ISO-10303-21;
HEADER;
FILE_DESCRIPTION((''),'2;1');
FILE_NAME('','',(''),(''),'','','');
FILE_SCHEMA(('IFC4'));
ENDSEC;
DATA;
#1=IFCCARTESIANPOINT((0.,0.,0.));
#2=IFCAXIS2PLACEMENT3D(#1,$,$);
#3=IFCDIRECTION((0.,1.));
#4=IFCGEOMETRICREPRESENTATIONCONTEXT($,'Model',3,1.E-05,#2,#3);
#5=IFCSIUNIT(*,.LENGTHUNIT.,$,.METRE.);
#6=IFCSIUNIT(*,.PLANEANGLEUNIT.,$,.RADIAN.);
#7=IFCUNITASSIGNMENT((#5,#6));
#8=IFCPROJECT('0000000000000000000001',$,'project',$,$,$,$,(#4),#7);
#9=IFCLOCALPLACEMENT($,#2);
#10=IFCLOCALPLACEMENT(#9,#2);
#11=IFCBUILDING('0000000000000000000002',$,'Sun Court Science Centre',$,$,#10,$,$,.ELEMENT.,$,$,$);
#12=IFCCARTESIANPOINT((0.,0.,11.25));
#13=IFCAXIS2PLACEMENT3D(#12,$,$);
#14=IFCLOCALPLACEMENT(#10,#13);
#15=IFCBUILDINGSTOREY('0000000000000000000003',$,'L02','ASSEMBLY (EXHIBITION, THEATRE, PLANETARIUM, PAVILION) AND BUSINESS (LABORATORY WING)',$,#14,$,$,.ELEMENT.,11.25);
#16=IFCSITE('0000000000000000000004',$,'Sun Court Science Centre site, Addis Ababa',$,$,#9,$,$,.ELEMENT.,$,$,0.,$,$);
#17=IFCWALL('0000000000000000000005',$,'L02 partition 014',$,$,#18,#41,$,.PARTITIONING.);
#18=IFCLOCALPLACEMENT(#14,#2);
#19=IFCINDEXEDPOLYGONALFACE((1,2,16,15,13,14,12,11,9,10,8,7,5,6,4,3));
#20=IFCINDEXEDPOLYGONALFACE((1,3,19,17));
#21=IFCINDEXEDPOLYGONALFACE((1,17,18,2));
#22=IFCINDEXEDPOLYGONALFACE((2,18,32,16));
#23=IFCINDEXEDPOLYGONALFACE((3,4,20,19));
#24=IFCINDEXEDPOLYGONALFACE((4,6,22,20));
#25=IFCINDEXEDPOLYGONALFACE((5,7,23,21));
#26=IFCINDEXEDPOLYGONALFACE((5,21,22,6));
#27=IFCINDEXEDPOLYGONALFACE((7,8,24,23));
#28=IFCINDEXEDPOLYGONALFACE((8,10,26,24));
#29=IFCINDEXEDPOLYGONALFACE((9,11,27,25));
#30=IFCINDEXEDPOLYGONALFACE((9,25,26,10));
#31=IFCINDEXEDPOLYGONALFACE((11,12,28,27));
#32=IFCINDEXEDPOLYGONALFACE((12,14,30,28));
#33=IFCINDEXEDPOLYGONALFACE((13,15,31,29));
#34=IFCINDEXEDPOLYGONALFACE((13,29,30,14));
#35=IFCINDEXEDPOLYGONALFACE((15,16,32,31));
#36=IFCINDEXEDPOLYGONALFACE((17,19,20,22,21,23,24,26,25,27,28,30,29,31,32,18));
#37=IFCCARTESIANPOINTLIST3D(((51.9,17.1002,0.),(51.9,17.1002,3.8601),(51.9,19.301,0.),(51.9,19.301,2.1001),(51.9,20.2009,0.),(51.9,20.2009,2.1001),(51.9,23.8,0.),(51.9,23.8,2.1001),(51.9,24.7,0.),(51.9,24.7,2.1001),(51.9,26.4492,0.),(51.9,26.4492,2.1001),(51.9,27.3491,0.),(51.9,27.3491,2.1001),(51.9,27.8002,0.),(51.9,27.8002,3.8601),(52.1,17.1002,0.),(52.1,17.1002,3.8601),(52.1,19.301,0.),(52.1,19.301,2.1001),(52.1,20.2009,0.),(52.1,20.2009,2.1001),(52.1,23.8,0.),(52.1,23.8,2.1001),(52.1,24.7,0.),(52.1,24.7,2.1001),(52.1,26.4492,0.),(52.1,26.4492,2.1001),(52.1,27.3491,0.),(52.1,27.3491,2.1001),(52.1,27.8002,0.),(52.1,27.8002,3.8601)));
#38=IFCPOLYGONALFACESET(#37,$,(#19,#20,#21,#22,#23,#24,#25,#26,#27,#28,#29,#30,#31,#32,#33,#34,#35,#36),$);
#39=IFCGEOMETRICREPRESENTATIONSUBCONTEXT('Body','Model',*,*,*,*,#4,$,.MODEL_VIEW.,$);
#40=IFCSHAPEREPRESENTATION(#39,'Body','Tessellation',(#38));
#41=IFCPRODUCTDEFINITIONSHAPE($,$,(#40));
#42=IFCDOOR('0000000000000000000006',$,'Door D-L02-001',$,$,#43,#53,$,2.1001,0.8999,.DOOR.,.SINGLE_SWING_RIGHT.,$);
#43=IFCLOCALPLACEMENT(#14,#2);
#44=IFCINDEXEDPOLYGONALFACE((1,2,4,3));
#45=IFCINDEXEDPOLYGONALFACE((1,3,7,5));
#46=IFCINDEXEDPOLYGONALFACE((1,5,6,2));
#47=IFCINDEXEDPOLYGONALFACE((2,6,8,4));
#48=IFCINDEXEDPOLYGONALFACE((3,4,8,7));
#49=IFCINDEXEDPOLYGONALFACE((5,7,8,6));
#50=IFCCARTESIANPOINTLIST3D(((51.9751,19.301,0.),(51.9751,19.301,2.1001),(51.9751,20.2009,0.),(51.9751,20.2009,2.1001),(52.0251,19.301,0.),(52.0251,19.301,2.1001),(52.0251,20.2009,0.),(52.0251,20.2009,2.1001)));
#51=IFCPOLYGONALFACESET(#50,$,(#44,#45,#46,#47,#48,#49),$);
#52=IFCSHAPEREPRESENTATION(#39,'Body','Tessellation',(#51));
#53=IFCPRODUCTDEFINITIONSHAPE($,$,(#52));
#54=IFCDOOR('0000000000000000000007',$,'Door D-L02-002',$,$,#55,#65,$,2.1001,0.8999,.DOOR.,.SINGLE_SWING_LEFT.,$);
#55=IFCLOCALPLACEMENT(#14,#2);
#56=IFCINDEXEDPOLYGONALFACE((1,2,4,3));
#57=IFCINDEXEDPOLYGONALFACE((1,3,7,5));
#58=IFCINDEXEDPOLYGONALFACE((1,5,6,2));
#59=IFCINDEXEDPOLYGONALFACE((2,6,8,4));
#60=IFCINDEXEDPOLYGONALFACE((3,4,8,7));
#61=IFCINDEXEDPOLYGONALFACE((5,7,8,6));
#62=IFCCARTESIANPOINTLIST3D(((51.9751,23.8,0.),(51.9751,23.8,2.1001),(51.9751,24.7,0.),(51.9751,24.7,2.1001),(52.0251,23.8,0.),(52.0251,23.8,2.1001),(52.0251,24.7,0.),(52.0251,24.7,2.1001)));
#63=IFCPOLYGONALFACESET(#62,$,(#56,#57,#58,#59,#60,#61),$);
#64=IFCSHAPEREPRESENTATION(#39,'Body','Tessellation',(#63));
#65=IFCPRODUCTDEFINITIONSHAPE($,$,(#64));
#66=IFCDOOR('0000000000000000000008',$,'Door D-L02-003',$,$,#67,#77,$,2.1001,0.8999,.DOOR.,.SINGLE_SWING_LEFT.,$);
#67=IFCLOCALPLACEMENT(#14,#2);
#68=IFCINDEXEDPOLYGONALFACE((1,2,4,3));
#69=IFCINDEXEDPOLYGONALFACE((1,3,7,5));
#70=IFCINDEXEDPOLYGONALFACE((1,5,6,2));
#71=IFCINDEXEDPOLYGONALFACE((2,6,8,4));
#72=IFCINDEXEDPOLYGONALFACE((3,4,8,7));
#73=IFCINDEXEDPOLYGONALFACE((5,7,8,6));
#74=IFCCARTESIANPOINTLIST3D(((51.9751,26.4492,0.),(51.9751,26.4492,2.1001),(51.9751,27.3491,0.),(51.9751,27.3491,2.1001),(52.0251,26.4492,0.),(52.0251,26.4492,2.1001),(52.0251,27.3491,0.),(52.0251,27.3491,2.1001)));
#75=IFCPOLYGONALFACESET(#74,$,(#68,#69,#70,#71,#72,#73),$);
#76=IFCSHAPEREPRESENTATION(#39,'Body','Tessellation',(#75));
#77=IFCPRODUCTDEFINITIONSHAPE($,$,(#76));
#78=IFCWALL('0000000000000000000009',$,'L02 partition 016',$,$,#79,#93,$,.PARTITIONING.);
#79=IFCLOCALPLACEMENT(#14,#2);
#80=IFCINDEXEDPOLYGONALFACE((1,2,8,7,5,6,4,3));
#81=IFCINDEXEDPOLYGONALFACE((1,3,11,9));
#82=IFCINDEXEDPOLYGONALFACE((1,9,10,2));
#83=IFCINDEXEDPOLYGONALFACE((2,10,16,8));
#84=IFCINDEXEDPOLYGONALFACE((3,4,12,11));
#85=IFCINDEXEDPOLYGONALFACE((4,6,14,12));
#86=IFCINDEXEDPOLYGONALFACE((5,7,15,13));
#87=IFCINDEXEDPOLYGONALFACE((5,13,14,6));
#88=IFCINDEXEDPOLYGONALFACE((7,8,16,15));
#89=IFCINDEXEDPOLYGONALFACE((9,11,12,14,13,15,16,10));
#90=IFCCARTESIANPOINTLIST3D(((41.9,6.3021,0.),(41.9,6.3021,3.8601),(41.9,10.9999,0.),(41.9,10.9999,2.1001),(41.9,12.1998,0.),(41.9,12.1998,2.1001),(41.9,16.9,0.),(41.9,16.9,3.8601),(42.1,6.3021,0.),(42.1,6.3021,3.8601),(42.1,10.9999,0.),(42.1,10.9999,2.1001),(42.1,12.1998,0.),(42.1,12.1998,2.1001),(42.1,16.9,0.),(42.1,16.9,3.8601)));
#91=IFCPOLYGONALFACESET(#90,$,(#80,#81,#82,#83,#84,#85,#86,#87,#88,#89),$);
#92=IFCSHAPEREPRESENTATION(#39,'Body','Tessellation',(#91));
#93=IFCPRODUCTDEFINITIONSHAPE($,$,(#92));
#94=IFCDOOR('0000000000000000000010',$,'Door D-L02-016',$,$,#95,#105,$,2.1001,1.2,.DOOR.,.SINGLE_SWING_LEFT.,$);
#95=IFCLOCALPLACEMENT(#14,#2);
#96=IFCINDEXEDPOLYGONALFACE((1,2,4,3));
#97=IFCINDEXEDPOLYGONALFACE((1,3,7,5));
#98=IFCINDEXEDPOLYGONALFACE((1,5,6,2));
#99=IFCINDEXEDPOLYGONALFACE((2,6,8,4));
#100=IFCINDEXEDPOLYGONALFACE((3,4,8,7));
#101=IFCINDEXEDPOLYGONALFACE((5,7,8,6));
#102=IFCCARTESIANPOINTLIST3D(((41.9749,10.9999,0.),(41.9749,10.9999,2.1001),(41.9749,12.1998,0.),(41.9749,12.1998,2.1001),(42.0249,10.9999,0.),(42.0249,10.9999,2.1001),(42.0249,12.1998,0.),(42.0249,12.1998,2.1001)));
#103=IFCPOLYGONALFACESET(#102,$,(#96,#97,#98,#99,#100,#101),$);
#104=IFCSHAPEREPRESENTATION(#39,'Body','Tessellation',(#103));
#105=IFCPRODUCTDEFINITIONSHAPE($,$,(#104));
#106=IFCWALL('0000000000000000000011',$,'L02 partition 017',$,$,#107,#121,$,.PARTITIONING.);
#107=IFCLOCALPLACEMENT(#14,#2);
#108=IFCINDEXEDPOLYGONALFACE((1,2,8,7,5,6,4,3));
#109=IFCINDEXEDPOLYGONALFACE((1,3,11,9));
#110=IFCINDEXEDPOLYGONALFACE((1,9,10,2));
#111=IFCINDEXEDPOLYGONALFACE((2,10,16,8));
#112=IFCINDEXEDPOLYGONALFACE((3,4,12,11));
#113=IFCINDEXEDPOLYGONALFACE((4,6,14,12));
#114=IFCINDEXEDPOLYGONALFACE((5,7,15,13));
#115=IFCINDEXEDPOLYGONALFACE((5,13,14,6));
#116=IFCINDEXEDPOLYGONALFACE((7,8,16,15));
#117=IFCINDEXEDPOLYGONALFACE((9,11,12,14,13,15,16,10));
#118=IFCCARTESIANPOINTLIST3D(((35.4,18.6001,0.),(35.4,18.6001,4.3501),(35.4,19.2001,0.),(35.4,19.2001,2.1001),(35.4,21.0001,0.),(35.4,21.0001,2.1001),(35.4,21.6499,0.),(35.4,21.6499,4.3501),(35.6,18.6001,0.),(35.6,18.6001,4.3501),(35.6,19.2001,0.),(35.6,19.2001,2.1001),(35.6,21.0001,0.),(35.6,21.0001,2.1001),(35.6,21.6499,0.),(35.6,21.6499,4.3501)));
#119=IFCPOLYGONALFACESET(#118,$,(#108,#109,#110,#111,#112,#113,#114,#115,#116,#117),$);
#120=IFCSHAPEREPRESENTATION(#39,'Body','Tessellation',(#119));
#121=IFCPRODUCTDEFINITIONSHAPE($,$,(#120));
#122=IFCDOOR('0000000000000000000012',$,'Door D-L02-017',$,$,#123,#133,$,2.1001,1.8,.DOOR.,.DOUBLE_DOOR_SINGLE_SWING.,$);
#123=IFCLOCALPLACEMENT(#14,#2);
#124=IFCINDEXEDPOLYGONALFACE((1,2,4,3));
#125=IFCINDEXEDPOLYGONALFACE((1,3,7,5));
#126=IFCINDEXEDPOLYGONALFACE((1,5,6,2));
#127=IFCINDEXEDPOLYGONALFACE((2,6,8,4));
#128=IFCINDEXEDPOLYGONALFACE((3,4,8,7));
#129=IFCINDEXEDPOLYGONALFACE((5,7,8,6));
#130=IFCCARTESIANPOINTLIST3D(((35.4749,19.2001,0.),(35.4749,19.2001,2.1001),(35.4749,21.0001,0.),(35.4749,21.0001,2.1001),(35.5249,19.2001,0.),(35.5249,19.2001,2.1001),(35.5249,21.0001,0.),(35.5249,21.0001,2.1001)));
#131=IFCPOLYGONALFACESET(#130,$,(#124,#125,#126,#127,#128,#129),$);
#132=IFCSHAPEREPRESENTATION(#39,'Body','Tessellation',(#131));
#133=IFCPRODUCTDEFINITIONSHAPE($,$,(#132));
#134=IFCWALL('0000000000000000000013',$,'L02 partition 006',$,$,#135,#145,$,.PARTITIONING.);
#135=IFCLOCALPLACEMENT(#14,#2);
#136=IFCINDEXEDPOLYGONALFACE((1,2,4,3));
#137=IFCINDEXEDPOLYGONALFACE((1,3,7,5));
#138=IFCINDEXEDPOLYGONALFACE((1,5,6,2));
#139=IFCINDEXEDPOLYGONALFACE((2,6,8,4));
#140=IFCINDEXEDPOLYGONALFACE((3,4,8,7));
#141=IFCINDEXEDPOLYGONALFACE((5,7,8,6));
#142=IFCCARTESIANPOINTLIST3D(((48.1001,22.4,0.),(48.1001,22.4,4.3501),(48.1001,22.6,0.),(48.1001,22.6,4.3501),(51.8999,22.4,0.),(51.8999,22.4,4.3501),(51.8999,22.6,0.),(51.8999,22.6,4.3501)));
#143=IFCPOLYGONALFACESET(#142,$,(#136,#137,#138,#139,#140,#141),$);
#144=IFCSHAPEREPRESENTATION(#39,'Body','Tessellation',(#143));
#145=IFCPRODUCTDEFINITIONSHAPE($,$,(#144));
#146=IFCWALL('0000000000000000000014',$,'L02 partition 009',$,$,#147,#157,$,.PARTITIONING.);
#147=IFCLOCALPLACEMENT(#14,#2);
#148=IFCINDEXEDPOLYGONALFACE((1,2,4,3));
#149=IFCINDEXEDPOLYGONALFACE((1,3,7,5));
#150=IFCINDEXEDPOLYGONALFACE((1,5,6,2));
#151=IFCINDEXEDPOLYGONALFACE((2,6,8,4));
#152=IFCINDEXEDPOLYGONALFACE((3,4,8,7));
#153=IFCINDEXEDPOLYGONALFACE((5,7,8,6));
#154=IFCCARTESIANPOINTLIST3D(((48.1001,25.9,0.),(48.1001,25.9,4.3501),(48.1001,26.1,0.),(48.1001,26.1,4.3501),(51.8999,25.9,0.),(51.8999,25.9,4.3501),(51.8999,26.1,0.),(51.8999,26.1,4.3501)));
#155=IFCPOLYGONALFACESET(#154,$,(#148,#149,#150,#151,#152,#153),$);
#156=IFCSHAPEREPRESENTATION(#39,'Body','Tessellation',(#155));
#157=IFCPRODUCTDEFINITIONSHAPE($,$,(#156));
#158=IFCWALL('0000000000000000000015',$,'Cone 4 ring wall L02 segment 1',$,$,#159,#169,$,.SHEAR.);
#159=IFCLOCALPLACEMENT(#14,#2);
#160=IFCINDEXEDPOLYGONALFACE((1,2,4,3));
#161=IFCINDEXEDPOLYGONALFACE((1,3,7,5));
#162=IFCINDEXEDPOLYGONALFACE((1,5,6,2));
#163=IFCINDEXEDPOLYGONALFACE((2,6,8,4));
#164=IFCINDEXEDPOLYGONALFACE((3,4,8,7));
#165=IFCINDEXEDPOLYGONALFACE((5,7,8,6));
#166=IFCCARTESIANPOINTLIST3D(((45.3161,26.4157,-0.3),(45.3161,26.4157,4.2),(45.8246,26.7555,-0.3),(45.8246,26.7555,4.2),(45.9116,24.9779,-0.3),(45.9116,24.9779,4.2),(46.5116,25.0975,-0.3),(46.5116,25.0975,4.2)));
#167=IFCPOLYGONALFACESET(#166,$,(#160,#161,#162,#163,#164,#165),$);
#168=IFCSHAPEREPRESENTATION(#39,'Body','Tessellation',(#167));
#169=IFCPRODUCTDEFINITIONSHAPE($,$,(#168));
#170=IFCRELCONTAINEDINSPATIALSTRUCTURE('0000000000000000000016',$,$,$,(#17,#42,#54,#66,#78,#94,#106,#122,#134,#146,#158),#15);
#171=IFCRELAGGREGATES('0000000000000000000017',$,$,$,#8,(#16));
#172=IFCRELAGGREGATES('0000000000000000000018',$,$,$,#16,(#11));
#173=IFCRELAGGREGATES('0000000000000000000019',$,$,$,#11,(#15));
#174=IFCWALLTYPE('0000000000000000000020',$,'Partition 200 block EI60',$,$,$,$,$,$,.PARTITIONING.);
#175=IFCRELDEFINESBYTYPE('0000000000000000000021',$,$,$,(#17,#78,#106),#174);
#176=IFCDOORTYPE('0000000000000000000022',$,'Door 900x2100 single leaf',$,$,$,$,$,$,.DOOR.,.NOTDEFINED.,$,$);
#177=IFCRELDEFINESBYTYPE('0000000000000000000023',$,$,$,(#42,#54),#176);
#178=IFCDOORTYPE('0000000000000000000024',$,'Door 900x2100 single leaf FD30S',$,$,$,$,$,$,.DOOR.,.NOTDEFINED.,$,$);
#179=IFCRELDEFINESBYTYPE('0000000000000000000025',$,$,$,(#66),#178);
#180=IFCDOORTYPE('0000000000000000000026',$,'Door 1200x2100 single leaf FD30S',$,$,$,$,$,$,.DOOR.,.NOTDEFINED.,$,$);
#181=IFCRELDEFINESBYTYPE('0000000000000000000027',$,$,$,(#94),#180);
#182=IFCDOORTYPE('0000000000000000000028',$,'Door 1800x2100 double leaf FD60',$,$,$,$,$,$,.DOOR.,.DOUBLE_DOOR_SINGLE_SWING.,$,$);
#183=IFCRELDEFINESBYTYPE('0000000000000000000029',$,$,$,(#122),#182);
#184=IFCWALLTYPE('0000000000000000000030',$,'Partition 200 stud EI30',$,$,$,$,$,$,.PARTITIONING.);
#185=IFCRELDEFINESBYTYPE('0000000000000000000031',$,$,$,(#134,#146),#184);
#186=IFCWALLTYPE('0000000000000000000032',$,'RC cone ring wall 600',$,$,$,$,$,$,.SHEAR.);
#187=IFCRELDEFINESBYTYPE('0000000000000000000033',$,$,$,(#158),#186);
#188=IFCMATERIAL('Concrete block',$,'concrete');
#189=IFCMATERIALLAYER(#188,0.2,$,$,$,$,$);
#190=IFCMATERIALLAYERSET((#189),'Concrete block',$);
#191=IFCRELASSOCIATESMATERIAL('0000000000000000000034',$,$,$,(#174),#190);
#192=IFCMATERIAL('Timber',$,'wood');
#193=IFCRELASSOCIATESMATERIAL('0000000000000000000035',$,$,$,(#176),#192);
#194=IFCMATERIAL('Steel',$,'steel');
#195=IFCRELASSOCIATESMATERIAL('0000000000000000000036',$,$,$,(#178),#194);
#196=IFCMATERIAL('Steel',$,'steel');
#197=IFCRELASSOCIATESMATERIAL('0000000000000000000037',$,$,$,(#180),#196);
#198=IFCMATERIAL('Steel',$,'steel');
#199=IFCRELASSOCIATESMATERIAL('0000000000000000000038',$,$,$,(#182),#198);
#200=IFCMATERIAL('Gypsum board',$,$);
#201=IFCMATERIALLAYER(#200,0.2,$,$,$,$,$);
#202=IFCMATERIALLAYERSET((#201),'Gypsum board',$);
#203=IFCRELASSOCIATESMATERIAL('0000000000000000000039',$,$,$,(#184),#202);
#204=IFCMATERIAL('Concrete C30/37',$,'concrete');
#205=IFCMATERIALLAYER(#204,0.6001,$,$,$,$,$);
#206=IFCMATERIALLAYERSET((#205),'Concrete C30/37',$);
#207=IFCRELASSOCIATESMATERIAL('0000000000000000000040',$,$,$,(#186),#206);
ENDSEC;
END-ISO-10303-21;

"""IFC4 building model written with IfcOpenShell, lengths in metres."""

from ifc_helpers import new_model, si_unit, direction, frame, frame_2d, origin, place, context, subcontext, project, spatial, polyline, rectangle, outline, extrude, material, layer, layer_set, type_object, element, fill, save


model = new_model("IFC4")

# Units and contexts
model_context = context("Model", 3, precision=1e-05, world=origin(), true_north=direction((0.0, 1.0)))
body_context = subcontext(model_context, "Body", "Model", "MODEL_VIEW")
ifc_project = project(units=[si_unit("LENGTHUNIT", "METRE"), si_unit("PLANEANGLEUNIT", "RADIAN")], contexts=[model_context])

# Site, building, storey
site_placement = place(None, origin())
site = spatial("IfcSite", under=ifc_project, at=site_placement, Name="Sun Court Science Centre site, Addis Ababa", CompositionType="ELEMENT", RefElevation=0.0)
building_placement = place(site_placement, origin())
building = spatial("IfcBuilding", under=site, at=building_placement, Name="Sun Court Science Centre", CompositionType="ELEMENT")
storey_placement = place(building_placement, frame((0.0, 0.0, 11.25)))
storey = spatial("IfcBuildingStorey", under=building, at=storey_placement, Name="L02", Description="ASSEMBLY (EXHIBITION, THEATRE, PLANETARIUM, PAVILION) AND BUSINESS (LABORATORY WING)", CompositionType="ELEMENT", Elevation=11.25)

# Shared definitions
ifc_material_1 = material(Name="Concrete block", Category="concrete")
ifc_layer_1 = layer(ifc_material_1, 0.2)
ifc_layer_set_1 = layer_set([ifc_layer_1], Name="Concrete block")
wall_type_1 = type_object("IfcWallType", Name="Partition 200 block EI60", PredefinedType="PARTITIONING", material=ifc_layer_set_1)

# Wall, openings, doors
wall_1_placement = place(storey_placement, frame((52.0, 17.1001, 0.0), z_axis=(0.0, 0.0, 1.0), x_axis=(0.0, 1.0, 0.0)))
wall_1 = element("IfcWall", 1, at=wall_1_placement, inside=storey, type_object=wall_type_1, Name="L02 partition 014", PredefinedType="PARTITIONING", context=body_context, shape_type="SweptSolid", body=[
    extrude(rectangle(XDim=10.7, YDim=0.2, at=frame_2d((5.3501, 0.0))), origin(), (0.0, 0.0, 1.0), 3.8601),
])
opening_1_placement = place(wall_1_placement, frame((2.2009, 0.0, 0.0)))
opening_1 = element("IfcOpeningElement", 2, at=opening_1_placement, cuts=wall_1, PredefinedType="OPENING", context=body_context, shape_type="SweptSolid", body=[
    extrude(rectangle(XDim=0.8999, YDim=2.1001, at=frame_2d((0.45, 1.05))), frame((0.0, 0.1099, 0.0), z_axis=(0.0, -1.0, 0.0), x_axis=(1.0, 0.0, 0.0)), (0.0, 0.0, 1.0), 0.22),
])
opening_2_placement = place(wall_1_placement, frame((6.7, 0.0, 0.0)))
opening_2 = element("IfcOpeningElement", 3, at=opening_2_placement, cuts=wall_1, PredefinedType="OPENING", context=body_context, shape_type="SweptSolid", body=[
    extrude(rectangle(XDim=0.8999, YDim=2.1001, at=frame_2d((0.45, 1.05))), frame((0.0, 0.1099, 0.0), z_axis=(0.0, -1.0, 0.0), x_axis=(1.0, 0.0, 0.0)), (0.0, 0.0, 1.0), 0.22),
])
opening_3_placement = place(wall_1_placement, frame((9.3491, 0.0, 0.0)))
opening_3 = element("IfcOpeningElement", 4, at=opening_3_placement, cuts=wall_1, PredefinedType="OPENING", context=body_context, shape_type="SweptSolid", body=[
    extrude(rectangle(XDim=0.8999, YDim=2.1001, at=frame_2d((0.45, 1.05))), frame((0.0, 0.1099, 0.0), z_axis=(0.0, -1.0, 0.0), x_axis=(1.0, 0.0, 0.0)), (0.0, 0.0, 1.0), 0.22),
])
ifc_material_2 = material(Name="Timber", Category="wood")
door_type_1 = type_object("IfcDoorType", Name="Door 900x2100 single leaf", OperationType="NOTDEFINED", PredefinedType="DOOR", material=ifc_material_2)
door_1_placement = place(opening_1_placement, origin())
door_1 = element("IfcDoor", 5, at=door_1_placement, inside=storey, type_object=door_type_1, Name="Door D-L02-001", OperationType="SINGLE_SWING_RIGHT", OverallHeight=2.1001, OverallWidth=0.8999, PredefinedType="DOOR", context=body_context, shape_type="SweptSolid", body=[
    extrude(rectangle(XDim=0.8999, YDim=2.1001, at=frame_2d((0.45, 1.05))), frame((0.0, 0.0249, 0.0), z_axis=(0.0, -1.0, 0.0), x_axis=(1.0, 0.0, 0.0)), (0.0, 0.0, 1.0), 0.05),
])
fill(opening_1, door_1)
door_2_placement = place(opening_2_placement, origin())
door_2 = element("IfcDoor", 6, at=door_2_placement, inside=storey, type_object=door_type_1, Name="Door D-L02-002", OperationType="SINGLE_SWING_LEFT", OverallHeight=2.1001, OverallWidth=0.8999, PredefinedType="DOOR", context=body_context, shape_type="SweptSolid", body=[
    extrude(rectangle(XDim=0.8999, YDim=2.1001, at=frame_2d((0.45, 1.05))), frame((0.0, 0.0249, 0.0), z_axis=(0.0, -1.0, 0.0), x_axis=(1.0, 0.0, 0.0)), (0.0, 0.0, 1.0), 0.05),
])
fill(opening_2, door_2)
ifc_material_3 = material(Name="Steel", Category="steel")
door_type_2 = type_object("IfcDoorType", Name="Door 900x2100 single leaf FD30S", OperationType="NOTDEFINED", PredefinedType="DOOR", material=ifc_material_3)
door_3_placement = place(opening_3_placement, origin())
door_3 = element("IfcDoor", 7, at=door_3_placement, inside=storey, type_object=door_type_2, Name="Door D-L02-003", OperationType="SINGLE_SWING_LEFT", OverallHeight=2.1001, OverallWidth=0.8999, PredefinedType="DOOR", context=body_context, shape_type="SweptSolid", body=[
    extrude(rectangle(XDim=0.8999, YDim=2.1001, at=frame_2d((0.45, 1.05))), frame((0.0, 0.0249, 0.0), z_axis=(0.0, -1.0, 0.0), x_axis=(1.0, 0.0, 0.0)), (0.0, 0.0, 1.0), 0.05),
])
fill(opening_3, door_3)

# Walls, openings, doors
wall_2_placement = place(storey_placement, frame((42.0, 16.8999, 0.0), z_axis=(0.0, 0.0, 1.0), x_axis=(0.0, -1.0, 0.0)))
wall_2 = element("IfcWall", 8, at=wall_2_placement, inside=storey, type_object=wall_type_1, Name="L02 partition 016", PredefinedType="PARTITIONING", context=body_context, shape_type="SweptSolid", body=[
    extrude(rectangle(XDim=10.5979, YDim=0.2, at=frame_2d((5.2988, 0.0))), origin(), (0.0, 0.0, 1.0), 3.8601),
])
opening_4_placement = place(wall_2_placement, frame((4.7, 0.0, 0.0)))
opening_4 = element("IfcOpeningElement", 9, at=opening_4_placement, cuts=wall_2, PredefinedType="OPENING", context=body_context, shape_type="SweptSolid", body=[
    extrude(rectangle(XDim=1.2, YDim=2.1001, at=frame_2d((0.6001, 1.05))), frame((0.0, 0.1099, 0.0), z_axis=(0.0, -1.0, 0.0), x_axis=(1.0, 0.0, 0.0)), (0.0, 0.0, 1.0), 0.22),
])
ifc_material_4 = material(Name="Steel", Category="steel")
door_type_3 = type_object("IfcDoorType", Name="Door 1200x2100 single leaf FD30S", OperationType="NOTDEFINED", PredefinedType="DOOR", material=ifc_material_4)
door_4_placement = place(opening_4_placement, origin())
door_4 = element("IfcDoor", 10, at=door_4_placement, inside=storey, type_object=door_type_3, Name="Door D-L02-016", OperationType="SINGLE_SWING_LEFT", OverallHeight=2.1001, OverallWidth=1.2, PredefinedType="DOOR", context=body_context, shape_type="SweptSolid", body=[
    extrude(rectangle(XDim=1.2, YDim=2.1001, at=frame_2d((0.6001, 1.05))), frame((0.0, 0.0249, 0.0), z_axis=(0.0, -1.0, 0.0), x_axis=(1.0, 0.0, 0.0)), (0.0, 0.0, 1.0), 0.05),
])
fill(opening_4, door_4)
wall_3_placement = place(storey_placement, frame((35.5, 21.6499, 0.0), z_axis=(0.0, 0.0, 1.0), x_axis=(0.0, -1.0, 0.0)))
wall_3 = element("IfcWall", 11, at=wall_3_placement, inside=storey, type_object=wall_type_1, Name="L02 partition 017", PredefinedType="PARTITIONING", context=body_context, shape_type="SweptSolid", body=[
    extrude(rectangle(XDim=3.0498, YDim=0.2, at=frame_2d((1.5249, 0.0))), origin(), (0.0, 0.0, 1.0), 4.3501),
])
opening_5_placement = place(wall_3_placement, frame((0.6499, 0.0, 0.0)))
opening_5 = element("IfcOpeningElement", 12, at=opening_5_placement, cuts=wall_3, PredefinedType="OPENING", context=body_context, shape_type="SweptSolid", body=[
    extrude(rectangle(XDim=1.8, YDim=2.1001, at=frame_2d((0.8999, 1.05))), frame((0.0, 0.1099, 0.0), z_axis=(0.0, -1.0, 0.0), x_axis=(1.0, 0.0, 0.0)), (0.0, 0.0, 1.0), 0.22),
])
ifc_material_5 = material(Name="Steel", Category="steel")
door_type_4 = type_object("IfcDoorType", Name="Door 1800x2100 double leaf FD60", OperationType="DOUBLE_DOOR_SINGLE_SWING", PredefinedType="DOOR", material=ifc_material_5)
door_5_placement = place(opening_5_placement, origin())
door_5 = element("IfcDoor", 13, at=door_5_placement, inside=storey, type_object=door_type_4, Name="Door D-L02-017", OperationType="DOUBLE_DOOR_SINGLE_SWING", OverallHeight=2.1001, OverallWidth=1.8, PredefinedType="DOOR", context=body_context, shape_type="SweptSolid", body=[
    extrude(rectangle(XDim=1.8, YDim=2.1001, at=frame_2d((0.8999, 1.05))), frame((0.0, 0.0249, 0.0), z_axis=(0.0, -1.0, 0.0), x_axis=(1.0, 0.0, 0.0)), (0.0, 0.0, 1.0), 0.05),
])
fill(opening_5, door_5)

# Walls
ifc_material_6 = material(Name="Gypsum board")
ifc_layer_2 = layer(ifc_material_6, 0.2)
ifc_layer_set_2 = layer_set([ifc_layer_2], Name="Gypsum board")
wall_type_2 = type_object("IfcWallType", Name="Partition 200 stud EI30", PredefinedType="PARTITIONING", material=ifc_layer_set_2)
for number, where, z_axis, x_axis, name in (
    (14, (48.1001, 22.5, 0.0), (0.0, 0.0, 1.0), (1.0, 0.0, 0.0), "L02 partition 006"),
    (15, (48.1001, 26.0, 0.0), (0.0, 0.0, 1.0), (1.0, 0.0, 0.0), "L02 partition 009"),
):
    element("IfcWall", number, at=place(storey_placement, frame(where, z_axis=z_axis, x_axis=x_axis)), inside=storey, type_object=wall_type_2, Name=name, PredefinedType="PARTITIONING", context=body_context, shape_type="SweptSolid", body=[
        extrude(rectangle(XDim=3.7998, YDim=0.2, at=frame_2d((1.8999, 0.0))), origin(), (0.0, 0.0, 1.0), 4.3501),
    ])
ifc_material_7 = material(Name="Concrete C30/37", Category="concrete")
ifc_layer_3 = layer(ifc_material_7, 0.6001)
ifc_layer_set_3 = layer_set([ifc_layer_3], Name="Concrete C30/37")
wall_type_3 = type_object("IfcWallType", Name="RC cone ring wall 600", PredefinedType="SHEAR", material=ifc_layer_set_3)
wall_4_placement = place(storey_placement, frame((46.2344, 24.9827, -0.3), z_axis=(0.0, 0.0, 1.0), x_axis=(-0.382644, 0.923896, 0.0)))
element("IfcWall", 16, at=wall_4_placement, inside=storey, type_object=wall_type_3, Name="Cone 4 ring wall L02 segment 1", PredefinedType="SHEAR", context=body_context, shape_type="SweptSolid", body=[
    extrude(outline(polyline([(0.0, -0.3), (1.7947, -0.2998), (1.6753, 0.3), (0.1191, 0.3), (0.0, -0.3)])), origin(), (0.0, 0.0, 1.0), 4.5),
])

save(model, "model.ifc")
